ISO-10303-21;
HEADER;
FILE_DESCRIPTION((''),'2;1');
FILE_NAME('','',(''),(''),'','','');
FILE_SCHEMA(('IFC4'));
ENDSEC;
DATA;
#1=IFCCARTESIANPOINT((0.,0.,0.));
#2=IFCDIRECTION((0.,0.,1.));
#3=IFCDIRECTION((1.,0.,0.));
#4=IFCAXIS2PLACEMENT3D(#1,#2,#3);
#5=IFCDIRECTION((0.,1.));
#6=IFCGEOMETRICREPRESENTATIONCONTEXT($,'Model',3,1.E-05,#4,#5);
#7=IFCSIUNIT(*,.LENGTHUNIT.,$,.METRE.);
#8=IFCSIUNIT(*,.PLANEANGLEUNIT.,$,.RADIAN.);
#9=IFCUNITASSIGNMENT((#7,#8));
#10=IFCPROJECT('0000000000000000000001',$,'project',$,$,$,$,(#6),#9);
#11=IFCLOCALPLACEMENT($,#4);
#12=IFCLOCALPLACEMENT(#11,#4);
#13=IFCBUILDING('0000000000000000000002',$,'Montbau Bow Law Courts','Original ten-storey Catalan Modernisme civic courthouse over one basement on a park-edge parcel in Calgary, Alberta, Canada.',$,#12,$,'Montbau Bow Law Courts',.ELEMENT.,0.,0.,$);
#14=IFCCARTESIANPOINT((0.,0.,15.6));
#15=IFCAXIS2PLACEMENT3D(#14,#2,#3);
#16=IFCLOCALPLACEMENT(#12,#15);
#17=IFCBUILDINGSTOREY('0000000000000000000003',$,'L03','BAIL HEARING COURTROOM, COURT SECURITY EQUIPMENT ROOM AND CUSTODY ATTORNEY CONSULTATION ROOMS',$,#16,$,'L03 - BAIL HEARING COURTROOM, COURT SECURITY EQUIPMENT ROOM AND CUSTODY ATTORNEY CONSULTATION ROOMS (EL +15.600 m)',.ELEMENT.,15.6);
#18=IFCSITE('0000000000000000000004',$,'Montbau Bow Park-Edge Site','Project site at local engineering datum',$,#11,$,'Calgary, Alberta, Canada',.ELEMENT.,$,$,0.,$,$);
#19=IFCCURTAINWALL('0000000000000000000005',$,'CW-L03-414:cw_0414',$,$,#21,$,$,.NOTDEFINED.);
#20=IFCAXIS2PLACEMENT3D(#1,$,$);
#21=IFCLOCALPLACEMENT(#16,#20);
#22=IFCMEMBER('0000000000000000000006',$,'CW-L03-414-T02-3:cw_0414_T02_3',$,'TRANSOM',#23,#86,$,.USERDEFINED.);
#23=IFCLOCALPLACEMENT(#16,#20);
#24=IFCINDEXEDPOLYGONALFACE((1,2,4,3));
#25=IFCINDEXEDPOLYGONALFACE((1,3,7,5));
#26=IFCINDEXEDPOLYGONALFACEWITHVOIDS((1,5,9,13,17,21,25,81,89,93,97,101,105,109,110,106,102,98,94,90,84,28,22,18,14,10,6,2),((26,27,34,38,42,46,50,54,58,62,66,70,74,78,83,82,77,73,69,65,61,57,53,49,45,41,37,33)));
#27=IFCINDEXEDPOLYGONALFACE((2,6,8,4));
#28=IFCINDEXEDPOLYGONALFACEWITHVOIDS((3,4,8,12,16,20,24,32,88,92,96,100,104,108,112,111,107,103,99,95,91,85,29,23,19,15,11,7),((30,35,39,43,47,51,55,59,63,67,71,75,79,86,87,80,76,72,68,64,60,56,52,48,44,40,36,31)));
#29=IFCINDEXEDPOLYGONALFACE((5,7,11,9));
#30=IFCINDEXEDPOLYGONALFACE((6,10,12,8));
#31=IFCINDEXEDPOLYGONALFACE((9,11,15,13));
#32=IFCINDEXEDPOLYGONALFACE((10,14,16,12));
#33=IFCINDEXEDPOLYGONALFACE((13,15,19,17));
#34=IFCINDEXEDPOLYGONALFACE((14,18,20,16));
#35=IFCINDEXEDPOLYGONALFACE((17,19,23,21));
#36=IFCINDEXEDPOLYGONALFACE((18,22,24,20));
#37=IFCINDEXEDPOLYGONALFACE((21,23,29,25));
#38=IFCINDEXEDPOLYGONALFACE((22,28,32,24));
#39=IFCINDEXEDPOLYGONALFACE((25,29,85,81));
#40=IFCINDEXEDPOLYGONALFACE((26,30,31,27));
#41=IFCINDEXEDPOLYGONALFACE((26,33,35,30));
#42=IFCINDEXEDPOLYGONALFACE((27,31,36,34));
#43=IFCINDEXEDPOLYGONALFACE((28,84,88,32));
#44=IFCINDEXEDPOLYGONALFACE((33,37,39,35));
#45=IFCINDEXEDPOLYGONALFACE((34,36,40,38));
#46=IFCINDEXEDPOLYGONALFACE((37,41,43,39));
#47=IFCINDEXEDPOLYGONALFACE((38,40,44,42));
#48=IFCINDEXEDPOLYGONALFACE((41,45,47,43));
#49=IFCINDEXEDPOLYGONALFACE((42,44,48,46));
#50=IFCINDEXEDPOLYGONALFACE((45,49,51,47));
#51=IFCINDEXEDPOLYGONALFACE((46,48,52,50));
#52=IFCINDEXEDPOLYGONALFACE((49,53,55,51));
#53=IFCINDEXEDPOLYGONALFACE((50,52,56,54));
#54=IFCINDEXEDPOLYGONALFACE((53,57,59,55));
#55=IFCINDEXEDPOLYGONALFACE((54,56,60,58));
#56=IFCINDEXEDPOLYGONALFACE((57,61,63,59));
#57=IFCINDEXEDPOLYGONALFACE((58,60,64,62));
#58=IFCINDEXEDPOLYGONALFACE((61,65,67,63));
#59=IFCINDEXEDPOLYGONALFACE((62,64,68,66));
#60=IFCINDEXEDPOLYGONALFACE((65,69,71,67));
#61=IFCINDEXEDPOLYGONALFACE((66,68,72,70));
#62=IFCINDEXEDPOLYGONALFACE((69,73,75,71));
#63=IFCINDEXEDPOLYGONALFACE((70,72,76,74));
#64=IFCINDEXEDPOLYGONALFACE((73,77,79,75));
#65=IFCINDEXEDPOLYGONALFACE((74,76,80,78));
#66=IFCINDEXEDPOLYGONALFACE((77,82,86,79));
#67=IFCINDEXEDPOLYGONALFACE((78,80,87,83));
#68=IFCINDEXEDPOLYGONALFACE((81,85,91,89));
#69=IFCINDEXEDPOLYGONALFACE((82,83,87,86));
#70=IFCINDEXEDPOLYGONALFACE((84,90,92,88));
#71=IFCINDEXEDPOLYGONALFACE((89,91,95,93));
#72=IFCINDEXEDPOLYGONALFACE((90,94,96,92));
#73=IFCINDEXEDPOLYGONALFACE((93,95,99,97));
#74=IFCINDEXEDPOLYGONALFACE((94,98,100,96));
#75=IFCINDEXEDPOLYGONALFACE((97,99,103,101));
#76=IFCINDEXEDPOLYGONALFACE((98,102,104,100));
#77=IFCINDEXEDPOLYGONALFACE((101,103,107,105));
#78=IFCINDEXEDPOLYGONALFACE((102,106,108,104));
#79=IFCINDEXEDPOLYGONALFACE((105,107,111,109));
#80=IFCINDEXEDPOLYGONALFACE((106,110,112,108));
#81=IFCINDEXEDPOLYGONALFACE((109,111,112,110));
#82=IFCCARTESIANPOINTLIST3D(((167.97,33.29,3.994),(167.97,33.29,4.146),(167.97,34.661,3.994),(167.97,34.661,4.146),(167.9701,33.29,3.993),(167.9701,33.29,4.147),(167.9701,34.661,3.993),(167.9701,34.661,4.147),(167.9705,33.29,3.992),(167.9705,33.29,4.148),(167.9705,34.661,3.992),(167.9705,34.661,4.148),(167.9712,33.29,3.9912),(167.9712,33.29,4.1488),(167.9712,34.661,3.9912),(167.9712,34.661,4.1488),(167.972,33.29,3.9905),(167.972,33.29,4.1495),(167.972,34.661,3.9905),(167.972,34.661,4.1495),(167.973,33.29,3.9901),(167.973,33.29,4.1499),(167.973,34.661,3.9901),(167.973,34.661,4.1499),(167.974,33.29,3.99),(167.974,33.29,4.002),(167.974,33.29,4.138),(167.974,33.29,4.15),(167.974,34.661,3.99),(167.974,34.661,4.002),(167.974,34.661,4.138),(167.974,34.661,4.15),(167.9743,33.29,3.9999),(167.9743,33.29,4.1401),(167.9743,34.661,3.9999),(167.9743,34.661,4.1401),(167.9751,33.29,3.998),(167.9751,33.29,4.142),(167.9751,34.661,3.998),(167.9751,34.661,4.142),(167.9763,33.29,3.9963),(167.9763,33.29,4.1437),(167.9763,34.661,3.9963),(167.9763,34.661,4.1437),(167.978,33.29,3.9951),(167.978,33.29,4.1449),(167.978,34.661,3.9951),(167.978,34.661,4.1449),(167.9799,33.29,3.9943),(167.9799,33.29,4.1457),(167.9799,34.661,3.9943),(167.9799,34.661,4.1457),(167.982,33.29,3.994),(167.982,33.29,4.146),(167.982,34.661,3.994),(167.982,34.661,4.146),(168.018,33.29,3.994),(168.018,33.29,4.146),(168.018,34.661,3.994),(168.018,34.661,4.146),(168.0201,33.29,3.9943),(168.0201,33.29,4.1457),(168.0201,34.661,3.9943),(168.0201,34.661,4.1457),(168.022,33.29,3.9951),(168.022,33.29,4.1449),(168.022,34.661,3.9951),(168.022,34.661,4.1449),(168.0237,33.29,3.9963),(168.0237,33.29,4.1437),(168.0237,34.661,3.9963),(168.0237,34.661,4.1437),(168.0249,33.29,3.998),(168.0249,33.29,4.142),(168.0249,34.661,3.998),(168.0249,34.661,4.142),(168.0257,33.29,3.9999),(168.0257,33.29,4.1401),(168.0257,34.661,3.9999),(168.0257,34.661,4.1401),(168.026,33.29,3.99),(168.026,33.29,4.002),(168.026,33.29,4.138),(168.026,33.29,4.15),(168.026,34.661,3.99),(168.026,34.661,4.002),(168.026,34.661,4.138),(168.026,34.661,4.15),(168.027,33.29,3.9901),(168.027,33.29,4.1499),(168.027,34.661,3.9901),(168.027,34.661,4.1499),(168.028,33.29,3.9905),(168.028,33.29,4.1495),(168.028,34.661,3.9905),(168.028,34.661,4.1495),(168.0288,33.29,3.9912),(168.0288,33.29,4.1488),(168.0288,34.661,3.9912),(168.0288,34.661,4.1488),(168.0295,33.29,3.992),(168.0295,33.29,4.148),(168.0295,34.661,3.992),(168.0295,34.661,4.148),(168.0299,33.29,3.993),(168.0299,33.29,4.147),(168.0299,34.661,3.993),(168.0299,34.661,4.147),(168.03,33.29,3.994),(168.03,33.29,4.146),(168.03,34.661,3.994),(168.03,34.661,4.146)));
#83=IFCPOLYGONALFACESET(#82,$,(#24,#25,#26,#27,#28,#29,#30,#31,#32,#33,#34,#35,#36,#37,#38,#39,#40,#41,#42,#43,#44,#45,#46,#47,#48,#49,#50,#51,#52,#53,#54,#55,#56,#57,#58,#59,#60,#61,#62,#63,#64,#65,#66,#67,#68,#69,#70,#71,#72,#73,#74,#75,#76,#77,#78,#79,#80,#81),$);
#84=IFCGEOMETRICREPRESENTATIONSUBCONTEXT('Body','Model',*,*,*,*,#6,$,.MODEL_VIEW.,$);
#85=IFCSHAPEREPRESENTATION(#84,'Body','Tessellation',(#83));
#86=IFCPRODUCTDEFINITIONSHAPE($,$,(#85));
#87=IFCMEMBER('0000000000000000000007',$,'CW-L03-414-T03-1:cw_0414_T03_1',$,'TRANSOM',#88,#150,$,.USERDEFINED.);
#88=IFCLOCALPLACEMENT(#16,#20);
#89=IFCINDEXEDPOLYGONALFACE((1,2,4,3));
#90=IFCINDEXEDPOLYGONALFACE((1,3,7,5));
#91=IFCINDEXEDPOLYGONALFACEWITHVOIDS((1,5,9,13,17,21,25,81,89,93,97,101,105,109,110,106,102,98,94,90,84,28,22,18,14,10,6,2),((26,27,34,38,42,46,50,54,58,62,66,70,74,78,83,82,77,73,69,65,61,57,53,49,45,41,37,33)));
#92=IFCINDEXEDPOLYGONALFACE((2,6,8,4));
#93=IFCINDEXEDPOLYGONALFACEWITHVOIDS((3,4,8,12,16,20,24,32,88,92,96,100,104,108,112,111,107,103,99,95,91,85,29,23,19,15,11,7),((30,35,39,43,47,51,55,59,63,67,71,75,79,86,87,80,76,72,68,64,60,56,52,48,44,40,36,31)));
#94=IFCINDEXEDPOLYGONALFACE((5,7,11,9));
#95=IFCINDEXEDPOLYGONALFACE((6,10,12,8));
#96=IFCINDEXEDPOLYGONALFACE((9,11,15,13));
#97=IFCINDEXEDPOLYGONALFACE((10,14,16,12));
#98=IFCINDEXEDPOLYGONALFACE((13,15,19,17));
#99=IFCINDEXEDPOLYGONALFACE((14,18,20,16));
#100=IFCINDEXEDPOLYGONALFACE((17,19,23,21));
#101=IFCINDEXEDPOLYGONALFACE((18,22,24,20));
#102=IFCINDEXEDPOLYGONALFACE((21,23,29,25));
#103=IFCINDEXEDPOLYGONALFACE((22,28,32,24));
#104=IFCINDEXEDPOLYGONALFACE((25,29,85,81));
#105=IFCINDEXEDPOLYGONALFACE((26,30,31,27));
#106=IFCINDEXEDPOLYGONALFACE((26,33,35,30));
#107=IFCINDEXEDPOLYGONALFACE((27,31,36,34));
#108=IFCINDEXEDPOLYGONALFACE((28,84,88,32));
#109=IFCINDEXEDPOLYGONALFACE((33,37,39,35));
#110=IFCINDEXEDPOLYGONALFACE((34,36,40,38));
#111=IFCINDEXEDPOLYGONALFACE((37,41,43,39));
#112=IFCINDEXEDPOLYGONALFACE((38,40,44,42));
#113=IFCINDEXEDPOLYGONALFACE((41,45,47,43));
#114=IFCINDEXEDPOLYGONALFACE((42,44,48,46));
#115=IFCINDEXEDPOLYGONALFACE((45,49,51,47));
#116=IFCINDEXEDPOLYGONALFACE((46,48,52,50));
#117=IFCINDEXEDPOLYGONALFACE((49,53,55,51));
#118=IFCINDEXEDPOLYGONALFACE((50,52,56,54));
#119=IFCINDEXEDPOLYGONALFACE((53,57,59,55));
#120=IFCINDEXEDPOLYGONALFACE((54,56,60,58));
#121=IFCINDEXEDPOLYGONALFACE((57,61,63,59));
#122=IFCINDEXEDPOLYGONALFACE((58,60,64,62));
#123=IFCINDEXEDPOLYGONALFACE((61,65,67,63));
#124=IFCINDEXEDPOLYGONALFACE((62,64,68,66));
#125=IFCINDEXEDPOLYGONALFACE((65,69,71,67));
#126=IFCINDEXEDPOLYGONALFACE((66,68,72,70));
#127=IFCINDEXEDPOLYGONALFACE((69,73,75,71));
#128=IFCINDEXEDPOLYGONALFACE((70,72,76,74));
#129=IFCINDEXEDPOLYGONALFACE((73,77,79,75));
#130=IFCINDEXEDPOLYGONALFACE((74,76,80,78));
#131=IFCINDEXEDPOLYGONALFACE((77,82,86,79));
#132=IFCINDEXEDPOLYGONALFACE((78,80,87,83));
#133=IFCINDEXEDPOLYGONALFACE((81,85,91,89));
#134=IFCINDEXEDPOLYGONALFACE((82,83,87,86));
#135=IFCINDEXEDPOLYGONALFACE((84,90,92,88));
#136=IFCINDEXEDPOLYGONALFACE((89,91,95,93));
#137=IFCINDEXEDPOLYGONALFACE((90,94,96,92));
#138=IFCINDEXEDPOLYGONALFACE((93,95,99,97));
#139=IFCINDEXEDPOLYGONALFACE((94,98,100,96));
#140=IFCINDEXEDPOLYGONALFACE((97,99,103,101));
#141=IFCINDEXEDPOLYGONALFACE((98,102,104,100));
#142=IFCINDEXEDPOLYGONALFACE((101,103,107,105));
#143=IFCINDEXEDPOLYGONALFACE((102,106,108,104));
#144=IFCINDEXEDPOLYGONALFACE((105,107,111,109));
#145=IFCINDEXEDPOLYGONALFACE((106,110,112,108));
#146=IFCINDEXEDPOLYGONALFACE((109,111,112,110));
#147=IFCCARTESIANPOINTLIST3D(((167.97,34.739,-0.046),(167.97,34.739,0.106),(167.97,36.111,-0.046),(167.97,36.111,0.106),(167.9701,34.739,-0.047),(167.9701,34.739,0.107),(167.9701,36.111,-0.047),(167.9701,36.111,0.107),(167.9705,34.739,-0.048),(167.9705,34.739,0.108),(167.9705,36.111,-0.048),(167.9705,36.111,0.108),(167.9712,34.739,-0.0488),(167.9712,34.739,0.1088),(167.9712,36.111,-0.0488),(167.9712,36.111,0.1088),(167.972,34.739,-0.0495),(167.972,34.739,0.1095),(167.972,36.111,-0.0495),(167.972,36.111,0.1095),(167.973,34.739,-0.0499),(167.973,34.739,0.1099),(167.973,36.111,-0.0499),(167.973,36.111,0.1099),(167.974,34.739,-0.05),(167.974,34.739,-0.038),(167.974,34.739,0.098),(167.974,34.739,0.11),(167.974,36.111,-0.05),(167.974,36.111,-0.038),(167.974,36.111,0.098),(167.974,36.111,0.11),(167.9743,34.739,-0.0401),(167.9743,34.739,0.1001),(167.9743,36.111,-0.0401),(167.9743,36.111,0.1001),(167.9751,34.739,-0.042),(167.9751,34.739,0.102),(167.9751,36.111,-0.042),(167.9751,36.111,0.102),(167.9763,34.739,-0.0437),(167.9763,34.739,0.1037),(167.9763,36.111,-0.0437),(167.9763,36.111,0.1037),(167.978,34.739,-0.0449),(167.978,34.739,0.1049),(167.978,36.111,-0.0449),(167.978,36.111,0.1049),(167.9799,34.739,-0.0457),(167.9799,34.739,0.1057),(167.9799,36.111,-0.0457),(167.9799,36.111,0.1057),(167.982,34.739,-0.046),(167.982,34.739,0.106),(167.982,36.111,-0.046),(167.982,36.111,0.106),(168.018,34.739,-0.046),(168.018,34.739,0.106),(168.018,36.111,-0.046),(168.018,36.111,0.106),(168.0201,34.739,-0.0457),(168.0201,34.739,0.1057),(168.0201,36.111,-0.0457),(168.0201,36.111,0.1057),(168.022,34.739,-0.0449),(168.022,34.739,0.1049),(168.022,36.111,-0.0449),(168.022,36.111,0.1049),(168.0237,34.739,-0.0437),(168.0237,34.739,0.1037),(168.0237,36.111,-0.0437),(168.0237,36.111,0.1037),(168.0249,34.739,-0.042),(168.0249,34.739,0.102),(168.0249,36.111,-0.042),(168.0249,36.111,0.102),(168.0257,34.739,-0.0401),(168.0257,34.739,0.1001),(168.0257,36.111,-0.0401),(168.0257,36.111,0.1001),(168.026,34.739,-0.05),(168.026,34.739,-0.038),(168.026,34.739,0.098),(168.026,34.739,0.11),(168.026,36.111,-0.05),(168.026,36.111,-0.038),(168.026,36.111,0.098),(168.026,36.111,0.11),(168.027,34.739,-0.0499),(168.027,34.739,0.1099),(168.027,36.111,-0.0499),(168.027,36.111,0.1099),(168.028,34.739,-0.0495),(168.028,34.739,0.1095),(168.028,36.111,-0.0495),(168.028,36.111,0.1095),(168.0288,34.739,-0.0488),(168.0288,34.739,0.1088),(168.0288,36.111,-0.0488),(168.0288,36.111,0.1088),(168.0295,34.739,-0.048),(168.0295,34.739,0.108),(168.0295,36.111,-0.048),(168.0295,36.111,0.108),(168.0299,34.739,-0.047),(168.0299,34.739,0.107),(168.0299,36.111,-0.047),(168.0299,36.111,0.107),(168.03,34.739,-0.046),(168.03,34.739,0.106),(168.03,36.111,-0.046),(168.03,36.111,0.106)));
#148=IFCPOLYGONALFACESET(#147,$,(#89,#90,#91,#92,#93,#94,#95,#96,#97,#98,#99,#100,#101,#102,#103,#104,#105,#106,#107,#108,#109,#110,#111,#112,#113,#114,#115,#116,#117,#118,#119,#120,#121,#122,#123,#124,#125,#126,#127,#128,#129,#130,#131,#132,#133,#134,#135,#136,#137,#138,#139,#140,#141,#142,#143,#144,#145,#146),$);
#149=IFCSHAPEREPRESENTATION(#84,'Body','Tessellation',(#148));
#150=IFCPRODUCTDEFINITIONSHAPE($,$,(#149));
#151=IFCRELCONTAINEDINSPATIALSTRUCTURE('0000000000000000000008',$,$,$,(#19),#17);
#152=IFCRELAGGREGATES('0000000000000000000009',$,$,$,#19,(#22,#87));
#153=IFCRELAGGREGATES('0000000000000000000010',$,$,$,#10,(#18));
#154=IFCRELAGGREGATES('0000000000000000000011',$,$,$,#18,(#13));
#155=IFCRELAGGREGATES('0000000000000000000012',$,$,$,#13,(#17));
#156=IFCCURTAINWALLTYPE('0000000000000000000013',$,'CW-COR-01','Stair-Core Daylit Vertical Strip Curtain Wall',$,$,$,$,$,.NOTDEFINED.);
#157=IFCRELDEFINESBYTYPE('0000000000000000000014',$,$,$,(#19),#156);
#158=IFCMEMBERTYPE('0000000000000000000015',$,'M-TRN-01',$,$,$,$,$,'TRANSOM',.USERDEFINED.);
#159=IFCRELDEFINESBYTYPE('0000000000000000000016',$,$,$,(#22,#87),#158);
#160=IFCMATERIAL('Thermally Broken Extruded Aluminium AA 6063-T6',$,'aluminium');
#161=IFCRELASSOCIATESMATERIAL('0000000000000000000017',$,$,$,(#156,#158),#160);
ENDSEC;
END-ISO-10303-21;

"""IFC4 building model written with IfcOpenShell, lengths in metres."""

from ifc_helpers import new_model, si_unit, direction, frame, origin_with_axes, origin_2d_with_axis, place, context, subcontext, project, spatial, hollow_rectangle, extrude, material, material_profile, profile_set, type_object, element, aggregate, save


model = new_model("IFC4")

# Units and contexts
model_context = context("Model", 3, precision=1e-05, world=origin_with_axes(), true_north=direction((0.0, 1.0)))
body_context = subcontext(model_context, "Body", "Model", "MODEL_VIEW")
ifc_project = project(units=[si_unit("LENGTHUNIT", "METRE"), si_unit("PLANEANGLEUNIT", "RADIAN")], contexts=[model_context])

# Site, building, storey
site_placement = place(None, origin_with_axes())
site = spatial("IfcSite", under=ifc_project, at=site_placement, Name="Montbau Bow Park-Edge Site", Description="Project site at local engineering datum", LongName="Calgary, Alberta, Canada", CompositionType="ELEMENT", RefElevation=0.0)
building_placement = place(site_placement, origin_with_axes())
building = spatial("IfcBuilding", under=site, at=building_placement, Name="Montbau Bow Law Courts", Description="Original ten-storey Catalan Modernisme civic courthouse over one basement on a park-edge parcel in Calgary, Alberta, Canada.", LongName="Montbau Bow Law Courts", CompositionType="ELEMENT", ElevationOfRefHeight=0.0, ElevationOfTerrain=0.0)
storey_placement = place(building_placement, frame((0.0, 0.0, 15.6), z_axis=(0.0, 0.0, 1.0), x_axis=(1.0, 0.0, 0.0)))
storey = spatial("IfcBuildingStorey", under=building, at=storey_placement, Name="L03", Description="BAIL HEARING COURTROOM, COURT SECURITY EQUIPMENT ROOM AND CUSTODY ATTORNEY CONSULTATION ROOMS", LongName="L03 - BAIL HEARING COURTROOM, COURT SECURITY EQUIPMENT ROOM AND CUSTODY ATTORNEY CONSULTATION ROOMS (EL +15.600 m)", CompositionType="ELEMENT", Elevation=15.6)

# Curtain wall, members
ifc_material_1 = material(Name="Thermally Broken Extruded Aluminium AA 6063-T6", Category="aluminium")
curtain_wall_type = type_object("IfcCurtainWallType", Name="CW-COR-01", Description="Stair-Core Daylit Vertical Strip Curtain Wall", PredefinedType="NOTDEFINED", material=ifc_material_1)
curtain_wall_placement = place(None, frame((168.0, 31.8, 15.6), z_axis=(0.0, 0.0, 1.0), x_axis=(1.0, 0.0, 0.0)))
curtain_wall = element("IfcCurtainWall", 1, at=curtain_wall_placement, inside=storey, type_object=curtain_wall_type, Name="CW-L03-414:cw_0414", PredefinedType="NOTDEFINED")
ifc_material_profile_1 = material_profile(ifc_material_1, hollow_rectangle(XDim=0.06, YDim=0.16, WallThickness=0.004, InnerFilletRadius=0.008, OuterFilletRadius=0.004, at=origin_2d_with_axis()), Name="CWT-160X60", Category="Main", Priority=0)
ifc_profile_set_1 = profile_set([ifc_material_profile_1], Name="Thermally Broken Extruded Aluminium AA 6063-T6")
member_type_1 = type_object("IfcMemberType", Name="M-TRN-01", ElementType="TRANSOM", PredefinedType="USERDEFINED", material=ifc_profile_set_1)
member_1_placement = place(None, frame((168.0, 33.29, 19.67), z_axis=(0.0, 1.0, 0.0), x_axis=(-1.0, 0.0, 0.0)))
member_1 = element("IfcMember", 2, at=member_1_placement, type_object=member_type_1, Name="CW-L03-414-T02-3:cw_0414_T02_3", ObjectType="TRANSOM", PredefinedType="USERDEFINED", context=body_context, shape_type="SweptSolid", body=[
    extrude(hollow_rectangle(XDim=0.06, YDim=0.16, WallThickness=0.004, InnerFilletRadius=0.008, OuterFilletRadius=0.004, at=origin_2d_with_axis()), origin_with_axes(), (0.0, 0.0, 1.0), 1.371),
])
member_2_placement = place(None, frame((168.0, 34.739, 15.63), z_axis=(0.0, 1.0, 0.0), x_axis=(-1.0, 0.0, 0.0)))
member_2 = element("IfcMember", 3, at=member_2_placement, type_object=member_type_1, Name="CW-L03-414-T03-1:cw_0414_T03_1", ObjectType="TRANSOM", PredefinedType="USERDEFINED", context=body_context, shape_type="SweptSolid", body=[
    extrude(hollow_rectangle(XDim=0.06, YDim=0.16, WallThickness=0.004, InnerFilletRadius=0.008, OuterFilletRadius=0.004, at=origin_2d_with_axis()), origin_with_axes(), (0.0, 0.0, 1.0), 1.372),
])
aggregate(curtain_wall, [member_1, member_2])

save(model, "model.ifc")
